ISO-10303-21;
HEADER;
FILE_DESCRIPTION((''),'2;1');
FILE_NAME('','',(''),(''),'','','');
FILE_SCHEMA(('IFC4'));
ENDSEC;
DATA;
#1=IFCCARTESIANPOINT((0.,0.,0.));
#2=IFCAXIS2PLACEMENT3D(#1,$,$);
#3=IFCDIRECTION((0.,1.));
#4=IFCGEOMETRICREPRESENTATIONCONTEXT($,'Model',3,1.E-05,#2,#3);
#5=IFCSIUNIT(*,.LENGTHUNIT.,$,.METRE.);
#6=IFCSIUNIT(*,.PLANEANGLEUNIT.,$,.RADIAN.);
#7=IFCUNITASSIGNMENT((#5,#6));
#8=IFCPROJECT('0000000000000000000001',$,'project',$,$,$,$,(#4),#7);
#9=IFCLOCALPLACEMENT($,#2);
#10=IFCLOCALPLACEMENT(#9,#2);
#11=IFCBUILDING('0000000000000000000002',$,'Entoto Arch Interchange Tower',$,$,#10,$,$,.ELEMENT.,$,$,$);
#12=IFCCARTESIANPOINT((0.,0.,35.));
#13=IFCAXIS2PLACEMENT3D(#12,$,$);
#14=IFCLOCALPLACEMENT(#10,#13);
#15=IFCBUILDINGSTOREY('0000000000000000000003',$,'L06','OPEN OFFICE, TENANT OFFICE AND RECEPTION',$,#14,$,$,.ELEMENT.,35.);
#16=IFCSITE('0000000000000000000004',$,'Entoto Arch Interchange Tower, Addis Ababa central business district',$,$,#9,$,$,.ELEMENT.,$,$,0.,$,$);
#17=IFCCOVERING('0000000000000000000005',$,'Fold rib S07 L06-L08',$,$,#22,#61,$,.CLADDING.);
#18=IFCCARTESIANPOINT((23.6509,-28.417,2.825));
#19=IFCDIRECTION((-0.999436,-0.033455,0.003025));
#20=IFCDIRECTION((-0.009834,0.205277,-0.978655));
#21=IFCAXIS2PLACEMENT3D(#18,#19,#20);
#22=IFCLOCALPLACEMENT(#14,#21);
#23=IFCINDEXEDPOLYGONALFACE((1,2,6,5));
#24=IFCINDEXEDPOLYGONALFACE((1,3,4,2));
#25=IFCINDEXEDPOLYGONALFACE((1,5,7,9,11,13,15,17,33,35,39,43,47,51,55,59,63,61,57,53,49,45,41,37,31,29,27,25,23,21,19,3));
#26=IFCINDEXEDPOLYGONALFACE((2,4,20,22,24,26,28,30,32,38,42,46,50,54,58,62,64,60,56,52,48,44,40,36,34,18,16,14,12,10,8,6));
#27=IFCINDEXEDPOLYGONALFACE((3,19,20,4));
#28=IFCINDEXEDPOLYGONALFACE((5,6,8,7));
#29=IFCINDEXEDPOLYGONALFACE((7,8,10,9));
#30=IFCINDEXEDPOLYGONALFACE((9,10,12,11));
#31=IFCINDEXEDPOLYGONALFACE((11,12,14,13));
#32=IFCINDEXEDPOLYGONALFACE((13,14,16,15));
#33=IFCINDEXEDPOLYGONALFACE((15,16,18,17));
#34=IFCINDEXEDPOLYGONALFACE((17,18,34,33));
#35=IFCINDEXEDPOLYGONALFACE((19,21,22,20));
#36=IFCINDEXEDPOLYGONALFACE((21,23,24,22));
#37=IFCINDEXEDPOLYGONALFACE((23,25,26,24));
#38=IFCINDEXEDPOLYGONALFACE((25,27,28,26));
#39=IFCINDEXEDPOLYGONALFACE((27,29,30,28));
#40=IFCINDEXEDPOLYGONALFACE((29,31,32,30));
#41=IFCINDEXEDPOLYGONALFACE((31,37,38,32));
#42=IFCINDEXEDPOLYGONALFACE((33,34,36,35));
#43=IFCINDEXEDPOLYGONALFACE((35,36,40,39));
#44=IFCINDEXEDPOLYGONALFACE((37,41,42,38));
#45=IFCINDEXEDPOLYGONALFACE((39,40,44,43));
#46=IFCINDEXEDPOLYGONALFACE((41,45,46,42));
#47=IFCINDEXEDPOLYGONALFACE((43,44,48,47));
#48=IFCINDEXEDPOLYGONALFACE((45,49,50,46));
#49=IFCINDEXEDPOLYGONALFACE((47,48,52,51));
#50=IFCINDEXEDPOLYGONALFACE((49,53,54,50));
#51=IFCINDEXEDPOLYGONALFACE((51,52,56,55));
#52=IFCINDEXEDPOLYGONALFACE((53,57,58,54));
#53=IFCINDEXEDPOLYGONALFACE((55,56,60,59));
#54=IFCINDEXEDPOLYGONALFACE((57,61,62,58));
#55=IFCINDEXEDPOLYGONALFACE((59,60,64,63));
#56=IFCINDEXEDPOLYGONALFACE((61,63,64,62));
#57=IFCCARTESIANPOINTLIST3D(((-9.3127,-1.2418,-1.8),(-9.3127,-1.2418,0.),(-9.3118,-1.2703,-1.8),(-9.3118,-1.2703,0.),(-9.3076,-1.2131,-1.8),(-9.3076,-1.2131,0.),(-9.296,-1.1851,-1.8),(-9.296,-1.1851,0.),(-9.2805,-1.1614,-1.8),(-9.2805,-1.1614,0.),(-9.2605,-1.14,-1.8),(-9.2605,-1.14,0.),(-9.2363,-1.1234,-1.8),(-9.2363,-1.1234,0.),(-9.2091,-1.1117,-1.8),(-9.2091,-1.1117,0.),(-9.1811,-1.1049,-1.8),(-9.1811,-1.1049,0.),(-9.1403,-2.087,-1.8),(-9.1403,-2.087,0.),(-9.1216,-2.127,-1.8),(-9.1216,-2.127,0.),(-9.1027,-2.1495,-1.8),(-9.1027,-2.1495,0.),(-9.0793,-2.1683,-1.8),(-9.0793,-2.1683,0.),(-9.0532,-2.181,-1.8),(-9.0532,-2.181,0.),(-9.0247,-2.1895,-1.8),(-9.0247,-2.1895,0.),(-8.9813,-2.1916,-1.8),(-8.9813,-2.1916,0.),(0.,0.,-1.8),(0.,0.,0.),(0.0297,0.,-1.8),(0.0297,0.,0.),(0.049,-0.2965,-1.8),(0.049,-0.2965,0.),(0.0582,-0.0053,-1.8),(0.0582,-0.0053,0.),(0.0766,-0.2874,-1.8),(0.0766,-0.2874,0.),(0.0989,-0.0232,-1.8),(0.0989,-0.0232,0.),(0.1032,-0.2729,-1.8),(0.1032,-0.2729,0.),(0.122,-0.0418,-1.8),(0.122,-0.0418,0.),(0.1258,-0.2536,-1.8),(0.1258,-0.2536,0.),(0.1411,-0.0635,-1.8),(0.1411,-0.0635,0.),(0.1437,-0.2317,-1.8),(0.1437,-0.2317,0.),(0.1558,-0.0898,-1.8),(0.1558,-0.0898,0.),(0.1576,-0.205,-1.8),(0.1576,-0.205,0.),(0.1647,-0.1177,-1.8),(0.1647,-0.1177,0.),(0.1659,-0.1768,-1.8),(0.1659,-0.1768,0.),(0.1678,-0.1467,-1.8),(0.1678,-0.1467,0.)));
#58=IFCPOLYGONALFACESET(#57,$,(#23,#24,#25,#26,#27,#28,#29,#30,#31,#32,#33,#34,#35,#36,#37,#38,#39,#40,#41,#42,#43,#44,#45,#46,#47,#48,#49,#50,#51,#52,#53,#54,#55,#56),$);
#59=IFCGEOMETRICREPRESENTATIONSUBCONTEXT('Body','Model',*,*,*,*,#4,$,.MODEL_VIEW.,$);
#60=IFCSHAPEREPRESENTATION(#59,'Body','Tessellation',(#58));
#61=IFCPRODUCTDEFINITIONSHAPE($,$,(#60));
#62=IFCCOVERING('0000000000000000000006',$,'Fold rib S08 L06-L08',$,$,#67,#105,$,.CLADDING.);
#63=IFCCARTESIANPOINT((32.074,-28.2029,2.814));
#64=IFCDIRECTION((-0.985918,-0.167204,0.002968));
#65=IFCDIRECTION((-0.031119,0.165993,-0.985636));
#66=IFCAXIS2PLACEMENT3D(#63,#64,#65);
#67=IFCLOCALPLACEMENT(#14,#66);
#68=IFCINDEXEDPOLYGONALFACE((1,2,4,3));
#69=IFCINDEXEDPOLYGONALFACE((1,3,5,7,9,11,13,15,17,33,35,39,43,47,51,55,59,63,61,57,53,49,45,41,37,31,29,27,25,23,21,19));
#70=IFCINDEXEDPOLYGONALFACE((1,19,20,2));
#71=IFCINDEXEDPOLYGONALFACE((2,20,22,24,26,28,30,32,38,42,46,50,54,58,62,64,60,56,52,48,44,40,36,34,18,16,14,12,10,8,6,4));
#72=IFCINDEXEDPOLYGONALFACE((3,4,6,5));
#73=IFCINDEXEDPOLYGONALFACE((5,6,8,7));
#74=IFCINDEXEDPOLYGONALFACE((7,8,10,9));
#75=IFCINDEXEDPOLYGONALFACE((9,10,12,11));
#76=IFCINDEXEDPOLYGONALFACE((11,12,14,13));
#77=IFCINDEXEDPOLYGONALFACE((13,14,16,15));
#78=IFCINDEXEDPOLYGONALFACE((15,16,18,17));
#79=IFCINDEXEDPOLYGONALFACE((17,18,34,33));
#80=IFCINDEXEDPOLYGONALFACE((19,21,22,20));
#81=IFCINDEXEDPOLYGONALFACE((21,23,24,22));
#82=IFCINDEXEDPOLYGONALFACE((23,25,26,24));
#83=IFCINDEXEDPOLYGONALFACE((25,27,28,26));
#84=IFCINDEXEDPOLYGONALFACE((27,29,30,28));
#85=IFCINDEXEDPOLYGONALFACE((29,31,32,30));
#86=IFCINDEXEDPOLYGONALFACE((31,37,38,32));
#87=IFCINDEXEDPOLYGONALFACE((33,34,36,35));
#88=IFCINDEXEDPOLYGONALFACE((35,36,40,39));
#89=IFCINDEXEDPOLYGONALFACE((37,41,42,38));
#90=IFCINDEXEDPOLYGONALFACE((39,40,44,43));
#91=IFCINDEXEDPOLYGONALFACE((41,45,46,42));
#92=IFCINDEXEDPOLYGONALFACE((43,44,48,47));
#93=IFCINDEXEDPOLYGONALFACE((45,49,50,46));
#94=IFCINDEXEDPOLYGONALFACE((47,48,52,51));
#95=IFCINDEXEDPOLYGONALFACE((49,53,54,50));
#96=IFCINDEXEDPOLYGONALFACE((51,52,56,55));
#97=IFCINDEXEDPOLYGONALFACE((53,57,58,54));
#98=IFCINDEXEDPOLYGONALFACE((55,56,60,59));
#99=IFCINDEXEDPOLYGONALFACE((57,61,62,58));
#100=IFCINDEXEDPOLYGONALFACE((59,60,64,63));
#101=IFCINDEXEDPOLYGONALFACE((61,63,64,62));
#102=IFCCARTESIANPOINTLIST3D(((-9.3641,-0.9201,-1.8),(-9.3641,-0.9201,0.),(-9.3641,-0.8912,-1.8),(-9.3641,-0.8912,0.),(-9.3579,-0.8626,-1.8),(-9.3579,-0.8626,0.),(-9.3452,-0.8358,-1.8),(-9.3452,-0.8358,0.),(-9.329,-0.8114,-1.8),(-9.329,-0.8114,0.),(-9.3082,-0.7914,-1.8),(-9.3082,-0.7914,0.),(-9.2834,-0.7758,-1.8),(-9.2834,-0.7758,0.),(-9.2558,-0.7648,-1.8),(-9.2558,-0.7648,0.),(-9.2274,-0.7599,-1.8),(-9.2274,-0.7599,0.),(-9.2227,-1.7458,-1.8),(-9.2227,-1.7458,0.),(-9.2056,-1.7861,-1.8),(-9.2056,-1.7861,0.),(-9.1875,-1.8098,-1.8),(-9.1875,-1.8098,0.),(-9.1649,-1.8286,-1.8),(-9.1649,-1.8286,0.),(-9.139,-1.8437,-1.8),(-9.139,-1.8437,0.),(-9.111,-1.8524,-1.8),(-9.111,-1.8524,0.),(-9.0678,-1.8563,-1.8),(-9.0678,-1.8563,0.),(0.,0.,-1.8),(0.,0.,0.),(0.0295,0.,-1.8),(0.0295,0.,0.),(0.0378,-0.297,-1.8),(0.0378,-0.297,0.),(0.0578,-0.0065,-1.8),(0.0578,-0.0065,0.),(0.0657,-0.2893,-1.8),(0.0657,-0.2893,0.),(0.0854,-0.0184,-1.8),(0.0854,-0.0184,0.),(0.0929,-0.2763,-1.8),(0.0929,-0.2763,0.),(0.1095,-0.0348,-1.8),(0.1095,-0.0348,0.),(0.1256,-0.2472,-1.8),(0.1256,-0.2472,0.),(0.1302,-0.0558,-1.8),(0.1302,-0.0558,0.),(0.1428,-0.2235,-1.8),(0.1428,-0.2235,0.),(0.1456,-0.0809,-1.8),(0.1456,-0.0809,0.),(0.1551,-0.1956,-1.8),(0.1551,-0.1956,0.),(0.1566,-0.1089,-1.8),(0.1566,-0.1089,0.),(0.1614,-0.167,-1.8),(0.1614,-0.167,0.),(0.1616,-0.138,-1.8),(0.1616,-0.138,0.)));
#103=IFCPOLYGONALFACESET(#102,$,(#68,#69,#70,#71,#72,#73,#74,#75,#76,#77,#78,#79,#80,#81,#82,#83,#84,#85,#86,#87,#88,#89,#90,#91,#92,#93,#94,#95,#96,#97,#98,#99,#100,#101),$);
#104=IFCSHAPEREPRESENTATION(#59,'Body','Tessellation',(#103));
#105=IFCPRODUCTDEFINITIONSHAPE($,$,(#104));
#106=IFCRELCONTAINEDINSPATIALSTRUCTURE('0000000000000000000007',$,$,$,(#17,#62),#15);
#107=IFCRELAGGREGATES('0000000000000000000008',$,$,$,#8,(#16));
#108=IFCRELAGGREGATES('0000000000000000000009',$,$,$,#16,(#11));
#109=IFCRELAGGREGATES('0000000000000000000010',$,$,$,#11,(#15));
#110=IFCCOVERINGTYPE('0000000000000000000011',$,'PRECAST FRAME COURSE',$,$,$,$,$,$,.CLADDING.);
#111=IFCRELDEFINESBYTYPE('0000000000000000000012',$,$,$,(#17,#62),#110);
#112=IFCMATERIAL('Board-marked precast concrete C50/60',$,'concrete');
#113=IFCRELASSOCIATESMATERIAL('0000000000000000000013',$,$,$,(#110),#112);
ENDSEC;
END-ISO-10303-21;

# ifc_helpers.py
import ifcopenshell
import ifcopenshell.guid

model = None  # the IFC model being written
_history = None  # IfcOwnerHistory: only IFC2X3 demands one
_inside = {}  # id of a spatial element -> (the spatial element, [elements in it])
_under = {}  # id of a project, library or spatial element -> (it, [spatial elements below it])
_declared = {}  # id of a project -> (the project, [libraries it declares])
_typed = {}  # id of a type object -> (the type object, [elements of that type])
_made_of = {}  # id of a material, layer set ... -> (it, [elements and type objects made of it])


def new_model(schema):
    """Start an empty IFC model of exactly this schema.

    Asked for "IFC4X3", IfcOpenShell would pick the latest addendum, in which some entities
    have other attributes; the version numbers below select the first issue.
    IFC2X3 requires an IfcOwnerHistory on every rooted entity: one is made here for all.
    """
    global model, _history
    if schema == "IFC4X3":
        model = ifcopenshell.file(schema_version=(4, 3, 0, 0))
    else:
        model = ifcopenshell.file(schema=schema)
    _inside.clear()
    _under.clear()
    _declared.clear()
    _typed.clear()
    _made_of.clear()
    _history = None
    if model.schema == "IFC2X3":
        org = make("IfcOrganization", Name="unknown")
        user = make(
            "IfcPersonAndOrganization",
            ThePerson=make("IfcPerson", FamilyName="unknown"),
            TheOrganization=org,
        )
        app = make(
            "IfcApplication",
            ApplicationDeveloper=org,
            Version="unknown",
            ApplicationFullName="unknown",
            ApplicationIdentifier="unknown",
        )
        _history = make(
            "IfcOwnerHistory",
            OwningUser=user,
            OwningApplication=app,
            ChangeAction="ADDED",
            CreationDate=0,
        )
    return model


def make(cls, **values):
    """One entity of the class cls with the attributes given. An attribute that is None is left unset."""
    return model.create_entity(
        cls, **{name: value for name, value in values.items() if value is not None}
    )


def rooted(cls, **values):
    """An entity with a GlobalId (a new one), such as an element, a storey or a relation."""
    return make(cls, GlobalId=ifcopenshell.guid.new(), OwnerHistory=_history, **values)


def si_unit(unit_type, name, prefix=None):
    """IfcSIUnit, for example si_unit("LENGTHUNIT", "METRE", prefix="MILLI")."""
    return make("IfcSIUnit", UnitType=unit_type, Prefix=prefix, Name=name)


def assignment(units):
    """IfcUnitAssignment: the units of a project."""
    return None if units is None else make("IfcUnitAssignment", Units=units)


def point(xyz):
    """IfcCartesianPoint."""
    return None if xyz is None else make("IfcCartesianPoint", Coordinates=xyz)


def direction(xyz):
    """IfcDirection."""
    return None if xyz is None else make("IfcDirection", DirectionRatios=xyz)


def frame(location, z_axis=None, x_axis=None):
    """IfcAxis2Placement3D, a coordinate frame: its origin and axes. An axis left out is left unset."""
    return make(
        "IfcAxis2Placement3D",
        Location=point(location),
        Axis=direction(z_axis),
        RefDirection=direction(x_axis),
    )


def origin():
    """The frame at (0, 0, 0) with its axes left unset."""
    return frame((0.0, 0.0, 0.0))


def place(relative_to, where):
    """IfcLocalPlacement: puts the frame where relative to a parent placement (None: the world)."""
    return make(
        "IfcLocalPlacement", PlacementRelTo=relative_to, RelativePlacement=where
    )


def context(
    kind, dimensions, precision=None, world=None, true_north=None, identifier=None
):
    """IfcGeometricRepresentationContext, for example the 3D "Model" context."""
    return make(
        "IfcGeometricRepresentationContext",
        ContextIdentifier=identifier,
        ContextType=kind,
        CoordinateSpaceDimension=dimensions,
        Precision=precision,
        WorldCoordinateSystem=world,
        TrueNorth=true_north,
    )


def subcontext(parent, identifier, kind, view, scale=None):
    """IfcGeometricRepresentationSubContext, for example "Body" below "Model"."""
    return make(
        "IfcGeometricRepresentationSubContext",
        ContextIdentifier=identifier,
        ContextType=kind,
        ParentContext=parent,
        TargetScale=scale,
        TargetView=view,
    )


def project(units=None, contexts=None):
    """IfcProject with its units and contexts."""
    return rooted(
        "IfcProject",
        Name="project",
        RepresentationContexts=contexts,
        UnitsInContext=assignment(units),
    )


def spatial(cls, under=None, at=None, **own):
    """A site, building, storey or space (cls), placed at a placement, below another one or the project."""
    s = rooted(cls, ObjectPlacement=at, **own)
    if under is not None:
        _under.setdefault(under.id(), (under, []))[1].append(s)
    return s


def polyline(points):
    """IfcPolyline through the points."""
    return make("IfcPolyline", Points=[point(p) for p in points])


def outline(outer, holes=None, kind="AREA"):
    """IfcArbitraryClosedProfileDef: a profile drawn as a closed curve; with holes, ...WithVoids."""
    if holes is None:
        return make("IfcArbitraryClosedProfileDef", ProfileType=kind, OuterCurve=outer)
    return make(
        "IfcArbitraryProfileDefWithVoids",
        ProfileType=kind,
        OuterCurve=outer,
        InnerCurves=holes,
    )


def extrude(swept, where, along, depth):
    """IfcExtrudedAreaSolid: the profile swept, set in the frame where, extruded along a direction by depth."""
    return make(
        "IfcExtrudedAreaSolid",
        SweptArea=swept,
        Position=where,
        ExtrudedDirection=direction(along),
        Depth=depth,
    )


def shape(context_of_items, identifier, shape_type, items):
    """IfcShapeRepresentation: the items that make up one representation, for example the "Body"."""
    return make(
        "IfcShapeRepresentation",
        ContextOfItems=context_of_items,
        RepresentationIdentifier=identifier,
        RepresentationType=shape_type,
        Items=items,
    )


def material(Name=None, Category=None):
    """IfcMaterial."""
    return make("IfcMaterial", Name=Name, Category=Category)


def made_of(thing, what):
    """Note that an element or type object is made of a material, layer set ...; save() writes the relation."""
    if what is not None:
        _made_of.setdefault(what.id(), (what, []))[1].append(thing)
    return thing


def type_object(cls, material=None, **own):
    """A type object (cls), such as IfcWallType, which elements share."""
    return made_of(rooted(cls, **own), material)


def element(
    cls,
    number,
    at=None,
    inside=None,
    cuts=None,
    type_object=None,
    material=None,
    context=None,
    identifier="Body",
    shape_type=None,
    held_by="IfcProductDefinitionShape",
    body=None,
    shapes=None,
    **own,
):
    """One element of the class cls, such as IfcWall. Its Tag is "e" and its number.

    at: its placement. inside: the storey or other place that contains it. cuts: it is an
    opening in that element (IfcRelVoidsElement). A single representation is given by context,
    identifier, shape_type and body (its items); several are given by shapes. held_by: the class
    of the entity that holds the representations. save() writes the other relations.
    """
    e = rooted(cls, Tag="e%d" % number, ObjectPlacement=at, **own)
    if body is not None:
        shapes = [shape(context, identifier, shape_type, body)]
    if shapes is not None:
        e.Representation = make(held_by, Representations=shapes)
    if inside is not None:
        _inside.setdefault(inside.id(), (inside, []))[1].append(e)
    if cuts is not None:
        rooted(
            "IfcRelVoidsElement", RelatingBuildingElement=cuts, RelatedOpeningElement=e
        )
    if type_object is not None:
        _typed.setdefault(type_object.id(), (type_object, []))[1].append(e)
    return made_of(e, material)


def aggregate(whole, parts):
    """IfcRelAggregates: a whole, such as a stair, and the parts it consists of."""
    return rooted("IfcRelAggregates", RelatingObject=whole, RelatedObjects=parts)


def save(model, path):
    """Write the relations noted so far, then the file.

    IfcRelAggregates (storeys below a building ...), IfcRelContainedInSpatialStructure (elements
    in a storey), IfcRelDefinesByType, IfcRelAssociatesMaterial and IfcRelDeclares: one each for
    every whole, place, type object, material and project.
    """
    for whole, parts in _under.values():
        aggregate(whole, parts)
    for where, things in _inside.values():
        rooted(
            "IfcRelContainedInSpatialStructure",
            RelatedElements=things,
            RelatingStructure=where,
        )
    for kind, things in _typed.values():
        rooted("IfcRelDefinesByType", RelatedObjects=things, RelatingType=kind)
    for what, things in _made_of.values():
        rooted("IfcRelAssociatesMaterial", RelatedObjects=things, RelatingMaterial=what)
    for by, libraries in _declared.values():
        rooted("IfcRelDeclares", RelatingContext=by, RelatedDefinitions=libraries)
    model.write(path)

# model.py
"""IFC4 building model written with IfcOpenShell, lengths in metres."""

from ifc_helpers import new_model, si_unit, direction, frame, origin, place, context, subcontext, project, spatial, polyline, outline, extrude, material, type_object, element, save


model = new_model("IFC4")

# Units and contexts
model_context = context("Model", 3, precision=1e-05, world=origin(), true_north=direction((0.0, 1.0)))
body_context = subcontext(model_context, "Body", "Model", "MODEL_VIEW")
ifc_project = project(units=[si_unit("LENGTHUNIT", "METRE"), si_unit("PLANEANGLEUNIT", "RADIAN")], contexts=[model_context])

# Site, building, storey
site_placement = place(None, origin())
site = spatial("IfcSite", under=ifc_project, at=site_placement, Name="Entoto Arch Interchange Tower, Addis Ababa central business district", CompositionType="ELEMENT", RefElevation=0.0)
building_placement = place(site_placement, origin())
building = spatial("IfcBuilding", under=site, at=building_placement, Name="Entoto Arch Interchange Tower", CompositionType="ELEMENT")
storey_placement = place(building_placement, frame((0.0, 0.0, 35.0)))
storey = spatial("IfcBuildingStorey", under=building, at=storey_placement, Name="L06", Description="OPEN OFFICE, TENANT OFFICE AND RECEPTION", CompositionType="ELEMENT", Elevation=35.0)

# Coverings
ifc_material_1 = material(Name="Board-marked precast concrete C50/60", Category="concrete")
covering_type = type_object("IfcCoveringType", Name="PRECAST FRAME COURSE", PredefinedType="CLADDING", material=ifc_material_1)
covering_1_placement = place(storey_placement, frame((23.6509, -28.417, 2.825), z_axis=(-0.999436, -0.033455, 0.003025), x_axis=(-0.009834, 0.205277, -0.978655)))
element("IfcCovering", 1, at=covering_1_placement, inside=storey, type_object=covering_type, Name="Fold rib S07 L06-L08", PredefinedType="CLADDING", context=body_context, shape_type="SweptSolid", body=[
    extrude(outline(polyline([(0.0, 0.0), (0.0297, 0.0), (0.0582, -0.0053), (0.0989, -0.0232), (0.122, -0.0418), (0.1411, -0.0635), (0.1558, -0.0898), (0.1647, -0.1177), (0.1678, -0.1467), (0.1659, -0.1768), (0.1576, -0.205), (0.1437, -0.2317), (0.1258, -0.2536), (0.1032, -0.2729), (0.0766, -0.2874), (0.049, -0.2965), (-8.9813, -2.1916), (-9.0247, -2.1895), (-9.0532, -2.181), (-9.0793, -2.1683), (-9.1027, -2.1495), (-9.1216, -2.127), (-9.1403, -2.087), (-9.3118, -1.2703), (-9.3127, -1.2418), (-9.3076, -1.2131), (-9.296, -1.1851), (-9.2805, -1.1614), (-9.2605, -1.14), (-9.2363, -1.1234), (-9.2091, -1.1117), (-9.1811, -1.1049), (0.0, 0.0)])), origin(), (0.0, 0.0, -1.0), 1.8),
])
covering_2_placement = place(storey_placement, frame((32.074, -28.2029, 2.814), z_axis=(-0.985918, -0.167204, 0.002968), x_axis=(-0.031119, 0.165993, -0.985636)))
element("IfcCovering", 2, at=covering_2_placement, inside=storey, type_object=covering_type, Name="Fold rib S08 L06-L08", PredefinedType="CLADDING", context=body_context, shape_type="SweptSolid", body=[
    extrude(outline(polyline([(0.0, 0.0), (0.0295, 0.0), (0.0578, -0.0065), (0.0854, -0.0184), (0.1095, -0.0348), (0.1302, -0.0558), (0.1456, -0.0809), (0.1566, -0.1089), (0.1616, -0.138), (0.1614, -0.167), (0.1551, -0.1956), (0.1428, -0.2235), (0.1256, -0.2472), (0.0929, -0.2763), (0.0657, -0.2893), (0.0378, -0.297), (-9.0678, -1.8563), (-9.111, -1.8524), (-9.139, -1.8437), (-9.1649, -1.8286), (-9.1875, -1.8098), (-9.2056, -1.7861), (-9.2227, -1.7458), (-9.3641, -0.9201), (-9.3641, -0.8912), (-9.3579, -0.8626), (-9.3452, -0.8358), (-9.329, -0.8114), (-9.3082, -0.7914), (-9.2834, -0.7758), (-9.2558, -0.7648), (-9.2274, -0.7599), (0.0, 0.0)])), origin(), (0.0, 0.0, -1.0), 1.8),
])

save(model, "model.ifc")
